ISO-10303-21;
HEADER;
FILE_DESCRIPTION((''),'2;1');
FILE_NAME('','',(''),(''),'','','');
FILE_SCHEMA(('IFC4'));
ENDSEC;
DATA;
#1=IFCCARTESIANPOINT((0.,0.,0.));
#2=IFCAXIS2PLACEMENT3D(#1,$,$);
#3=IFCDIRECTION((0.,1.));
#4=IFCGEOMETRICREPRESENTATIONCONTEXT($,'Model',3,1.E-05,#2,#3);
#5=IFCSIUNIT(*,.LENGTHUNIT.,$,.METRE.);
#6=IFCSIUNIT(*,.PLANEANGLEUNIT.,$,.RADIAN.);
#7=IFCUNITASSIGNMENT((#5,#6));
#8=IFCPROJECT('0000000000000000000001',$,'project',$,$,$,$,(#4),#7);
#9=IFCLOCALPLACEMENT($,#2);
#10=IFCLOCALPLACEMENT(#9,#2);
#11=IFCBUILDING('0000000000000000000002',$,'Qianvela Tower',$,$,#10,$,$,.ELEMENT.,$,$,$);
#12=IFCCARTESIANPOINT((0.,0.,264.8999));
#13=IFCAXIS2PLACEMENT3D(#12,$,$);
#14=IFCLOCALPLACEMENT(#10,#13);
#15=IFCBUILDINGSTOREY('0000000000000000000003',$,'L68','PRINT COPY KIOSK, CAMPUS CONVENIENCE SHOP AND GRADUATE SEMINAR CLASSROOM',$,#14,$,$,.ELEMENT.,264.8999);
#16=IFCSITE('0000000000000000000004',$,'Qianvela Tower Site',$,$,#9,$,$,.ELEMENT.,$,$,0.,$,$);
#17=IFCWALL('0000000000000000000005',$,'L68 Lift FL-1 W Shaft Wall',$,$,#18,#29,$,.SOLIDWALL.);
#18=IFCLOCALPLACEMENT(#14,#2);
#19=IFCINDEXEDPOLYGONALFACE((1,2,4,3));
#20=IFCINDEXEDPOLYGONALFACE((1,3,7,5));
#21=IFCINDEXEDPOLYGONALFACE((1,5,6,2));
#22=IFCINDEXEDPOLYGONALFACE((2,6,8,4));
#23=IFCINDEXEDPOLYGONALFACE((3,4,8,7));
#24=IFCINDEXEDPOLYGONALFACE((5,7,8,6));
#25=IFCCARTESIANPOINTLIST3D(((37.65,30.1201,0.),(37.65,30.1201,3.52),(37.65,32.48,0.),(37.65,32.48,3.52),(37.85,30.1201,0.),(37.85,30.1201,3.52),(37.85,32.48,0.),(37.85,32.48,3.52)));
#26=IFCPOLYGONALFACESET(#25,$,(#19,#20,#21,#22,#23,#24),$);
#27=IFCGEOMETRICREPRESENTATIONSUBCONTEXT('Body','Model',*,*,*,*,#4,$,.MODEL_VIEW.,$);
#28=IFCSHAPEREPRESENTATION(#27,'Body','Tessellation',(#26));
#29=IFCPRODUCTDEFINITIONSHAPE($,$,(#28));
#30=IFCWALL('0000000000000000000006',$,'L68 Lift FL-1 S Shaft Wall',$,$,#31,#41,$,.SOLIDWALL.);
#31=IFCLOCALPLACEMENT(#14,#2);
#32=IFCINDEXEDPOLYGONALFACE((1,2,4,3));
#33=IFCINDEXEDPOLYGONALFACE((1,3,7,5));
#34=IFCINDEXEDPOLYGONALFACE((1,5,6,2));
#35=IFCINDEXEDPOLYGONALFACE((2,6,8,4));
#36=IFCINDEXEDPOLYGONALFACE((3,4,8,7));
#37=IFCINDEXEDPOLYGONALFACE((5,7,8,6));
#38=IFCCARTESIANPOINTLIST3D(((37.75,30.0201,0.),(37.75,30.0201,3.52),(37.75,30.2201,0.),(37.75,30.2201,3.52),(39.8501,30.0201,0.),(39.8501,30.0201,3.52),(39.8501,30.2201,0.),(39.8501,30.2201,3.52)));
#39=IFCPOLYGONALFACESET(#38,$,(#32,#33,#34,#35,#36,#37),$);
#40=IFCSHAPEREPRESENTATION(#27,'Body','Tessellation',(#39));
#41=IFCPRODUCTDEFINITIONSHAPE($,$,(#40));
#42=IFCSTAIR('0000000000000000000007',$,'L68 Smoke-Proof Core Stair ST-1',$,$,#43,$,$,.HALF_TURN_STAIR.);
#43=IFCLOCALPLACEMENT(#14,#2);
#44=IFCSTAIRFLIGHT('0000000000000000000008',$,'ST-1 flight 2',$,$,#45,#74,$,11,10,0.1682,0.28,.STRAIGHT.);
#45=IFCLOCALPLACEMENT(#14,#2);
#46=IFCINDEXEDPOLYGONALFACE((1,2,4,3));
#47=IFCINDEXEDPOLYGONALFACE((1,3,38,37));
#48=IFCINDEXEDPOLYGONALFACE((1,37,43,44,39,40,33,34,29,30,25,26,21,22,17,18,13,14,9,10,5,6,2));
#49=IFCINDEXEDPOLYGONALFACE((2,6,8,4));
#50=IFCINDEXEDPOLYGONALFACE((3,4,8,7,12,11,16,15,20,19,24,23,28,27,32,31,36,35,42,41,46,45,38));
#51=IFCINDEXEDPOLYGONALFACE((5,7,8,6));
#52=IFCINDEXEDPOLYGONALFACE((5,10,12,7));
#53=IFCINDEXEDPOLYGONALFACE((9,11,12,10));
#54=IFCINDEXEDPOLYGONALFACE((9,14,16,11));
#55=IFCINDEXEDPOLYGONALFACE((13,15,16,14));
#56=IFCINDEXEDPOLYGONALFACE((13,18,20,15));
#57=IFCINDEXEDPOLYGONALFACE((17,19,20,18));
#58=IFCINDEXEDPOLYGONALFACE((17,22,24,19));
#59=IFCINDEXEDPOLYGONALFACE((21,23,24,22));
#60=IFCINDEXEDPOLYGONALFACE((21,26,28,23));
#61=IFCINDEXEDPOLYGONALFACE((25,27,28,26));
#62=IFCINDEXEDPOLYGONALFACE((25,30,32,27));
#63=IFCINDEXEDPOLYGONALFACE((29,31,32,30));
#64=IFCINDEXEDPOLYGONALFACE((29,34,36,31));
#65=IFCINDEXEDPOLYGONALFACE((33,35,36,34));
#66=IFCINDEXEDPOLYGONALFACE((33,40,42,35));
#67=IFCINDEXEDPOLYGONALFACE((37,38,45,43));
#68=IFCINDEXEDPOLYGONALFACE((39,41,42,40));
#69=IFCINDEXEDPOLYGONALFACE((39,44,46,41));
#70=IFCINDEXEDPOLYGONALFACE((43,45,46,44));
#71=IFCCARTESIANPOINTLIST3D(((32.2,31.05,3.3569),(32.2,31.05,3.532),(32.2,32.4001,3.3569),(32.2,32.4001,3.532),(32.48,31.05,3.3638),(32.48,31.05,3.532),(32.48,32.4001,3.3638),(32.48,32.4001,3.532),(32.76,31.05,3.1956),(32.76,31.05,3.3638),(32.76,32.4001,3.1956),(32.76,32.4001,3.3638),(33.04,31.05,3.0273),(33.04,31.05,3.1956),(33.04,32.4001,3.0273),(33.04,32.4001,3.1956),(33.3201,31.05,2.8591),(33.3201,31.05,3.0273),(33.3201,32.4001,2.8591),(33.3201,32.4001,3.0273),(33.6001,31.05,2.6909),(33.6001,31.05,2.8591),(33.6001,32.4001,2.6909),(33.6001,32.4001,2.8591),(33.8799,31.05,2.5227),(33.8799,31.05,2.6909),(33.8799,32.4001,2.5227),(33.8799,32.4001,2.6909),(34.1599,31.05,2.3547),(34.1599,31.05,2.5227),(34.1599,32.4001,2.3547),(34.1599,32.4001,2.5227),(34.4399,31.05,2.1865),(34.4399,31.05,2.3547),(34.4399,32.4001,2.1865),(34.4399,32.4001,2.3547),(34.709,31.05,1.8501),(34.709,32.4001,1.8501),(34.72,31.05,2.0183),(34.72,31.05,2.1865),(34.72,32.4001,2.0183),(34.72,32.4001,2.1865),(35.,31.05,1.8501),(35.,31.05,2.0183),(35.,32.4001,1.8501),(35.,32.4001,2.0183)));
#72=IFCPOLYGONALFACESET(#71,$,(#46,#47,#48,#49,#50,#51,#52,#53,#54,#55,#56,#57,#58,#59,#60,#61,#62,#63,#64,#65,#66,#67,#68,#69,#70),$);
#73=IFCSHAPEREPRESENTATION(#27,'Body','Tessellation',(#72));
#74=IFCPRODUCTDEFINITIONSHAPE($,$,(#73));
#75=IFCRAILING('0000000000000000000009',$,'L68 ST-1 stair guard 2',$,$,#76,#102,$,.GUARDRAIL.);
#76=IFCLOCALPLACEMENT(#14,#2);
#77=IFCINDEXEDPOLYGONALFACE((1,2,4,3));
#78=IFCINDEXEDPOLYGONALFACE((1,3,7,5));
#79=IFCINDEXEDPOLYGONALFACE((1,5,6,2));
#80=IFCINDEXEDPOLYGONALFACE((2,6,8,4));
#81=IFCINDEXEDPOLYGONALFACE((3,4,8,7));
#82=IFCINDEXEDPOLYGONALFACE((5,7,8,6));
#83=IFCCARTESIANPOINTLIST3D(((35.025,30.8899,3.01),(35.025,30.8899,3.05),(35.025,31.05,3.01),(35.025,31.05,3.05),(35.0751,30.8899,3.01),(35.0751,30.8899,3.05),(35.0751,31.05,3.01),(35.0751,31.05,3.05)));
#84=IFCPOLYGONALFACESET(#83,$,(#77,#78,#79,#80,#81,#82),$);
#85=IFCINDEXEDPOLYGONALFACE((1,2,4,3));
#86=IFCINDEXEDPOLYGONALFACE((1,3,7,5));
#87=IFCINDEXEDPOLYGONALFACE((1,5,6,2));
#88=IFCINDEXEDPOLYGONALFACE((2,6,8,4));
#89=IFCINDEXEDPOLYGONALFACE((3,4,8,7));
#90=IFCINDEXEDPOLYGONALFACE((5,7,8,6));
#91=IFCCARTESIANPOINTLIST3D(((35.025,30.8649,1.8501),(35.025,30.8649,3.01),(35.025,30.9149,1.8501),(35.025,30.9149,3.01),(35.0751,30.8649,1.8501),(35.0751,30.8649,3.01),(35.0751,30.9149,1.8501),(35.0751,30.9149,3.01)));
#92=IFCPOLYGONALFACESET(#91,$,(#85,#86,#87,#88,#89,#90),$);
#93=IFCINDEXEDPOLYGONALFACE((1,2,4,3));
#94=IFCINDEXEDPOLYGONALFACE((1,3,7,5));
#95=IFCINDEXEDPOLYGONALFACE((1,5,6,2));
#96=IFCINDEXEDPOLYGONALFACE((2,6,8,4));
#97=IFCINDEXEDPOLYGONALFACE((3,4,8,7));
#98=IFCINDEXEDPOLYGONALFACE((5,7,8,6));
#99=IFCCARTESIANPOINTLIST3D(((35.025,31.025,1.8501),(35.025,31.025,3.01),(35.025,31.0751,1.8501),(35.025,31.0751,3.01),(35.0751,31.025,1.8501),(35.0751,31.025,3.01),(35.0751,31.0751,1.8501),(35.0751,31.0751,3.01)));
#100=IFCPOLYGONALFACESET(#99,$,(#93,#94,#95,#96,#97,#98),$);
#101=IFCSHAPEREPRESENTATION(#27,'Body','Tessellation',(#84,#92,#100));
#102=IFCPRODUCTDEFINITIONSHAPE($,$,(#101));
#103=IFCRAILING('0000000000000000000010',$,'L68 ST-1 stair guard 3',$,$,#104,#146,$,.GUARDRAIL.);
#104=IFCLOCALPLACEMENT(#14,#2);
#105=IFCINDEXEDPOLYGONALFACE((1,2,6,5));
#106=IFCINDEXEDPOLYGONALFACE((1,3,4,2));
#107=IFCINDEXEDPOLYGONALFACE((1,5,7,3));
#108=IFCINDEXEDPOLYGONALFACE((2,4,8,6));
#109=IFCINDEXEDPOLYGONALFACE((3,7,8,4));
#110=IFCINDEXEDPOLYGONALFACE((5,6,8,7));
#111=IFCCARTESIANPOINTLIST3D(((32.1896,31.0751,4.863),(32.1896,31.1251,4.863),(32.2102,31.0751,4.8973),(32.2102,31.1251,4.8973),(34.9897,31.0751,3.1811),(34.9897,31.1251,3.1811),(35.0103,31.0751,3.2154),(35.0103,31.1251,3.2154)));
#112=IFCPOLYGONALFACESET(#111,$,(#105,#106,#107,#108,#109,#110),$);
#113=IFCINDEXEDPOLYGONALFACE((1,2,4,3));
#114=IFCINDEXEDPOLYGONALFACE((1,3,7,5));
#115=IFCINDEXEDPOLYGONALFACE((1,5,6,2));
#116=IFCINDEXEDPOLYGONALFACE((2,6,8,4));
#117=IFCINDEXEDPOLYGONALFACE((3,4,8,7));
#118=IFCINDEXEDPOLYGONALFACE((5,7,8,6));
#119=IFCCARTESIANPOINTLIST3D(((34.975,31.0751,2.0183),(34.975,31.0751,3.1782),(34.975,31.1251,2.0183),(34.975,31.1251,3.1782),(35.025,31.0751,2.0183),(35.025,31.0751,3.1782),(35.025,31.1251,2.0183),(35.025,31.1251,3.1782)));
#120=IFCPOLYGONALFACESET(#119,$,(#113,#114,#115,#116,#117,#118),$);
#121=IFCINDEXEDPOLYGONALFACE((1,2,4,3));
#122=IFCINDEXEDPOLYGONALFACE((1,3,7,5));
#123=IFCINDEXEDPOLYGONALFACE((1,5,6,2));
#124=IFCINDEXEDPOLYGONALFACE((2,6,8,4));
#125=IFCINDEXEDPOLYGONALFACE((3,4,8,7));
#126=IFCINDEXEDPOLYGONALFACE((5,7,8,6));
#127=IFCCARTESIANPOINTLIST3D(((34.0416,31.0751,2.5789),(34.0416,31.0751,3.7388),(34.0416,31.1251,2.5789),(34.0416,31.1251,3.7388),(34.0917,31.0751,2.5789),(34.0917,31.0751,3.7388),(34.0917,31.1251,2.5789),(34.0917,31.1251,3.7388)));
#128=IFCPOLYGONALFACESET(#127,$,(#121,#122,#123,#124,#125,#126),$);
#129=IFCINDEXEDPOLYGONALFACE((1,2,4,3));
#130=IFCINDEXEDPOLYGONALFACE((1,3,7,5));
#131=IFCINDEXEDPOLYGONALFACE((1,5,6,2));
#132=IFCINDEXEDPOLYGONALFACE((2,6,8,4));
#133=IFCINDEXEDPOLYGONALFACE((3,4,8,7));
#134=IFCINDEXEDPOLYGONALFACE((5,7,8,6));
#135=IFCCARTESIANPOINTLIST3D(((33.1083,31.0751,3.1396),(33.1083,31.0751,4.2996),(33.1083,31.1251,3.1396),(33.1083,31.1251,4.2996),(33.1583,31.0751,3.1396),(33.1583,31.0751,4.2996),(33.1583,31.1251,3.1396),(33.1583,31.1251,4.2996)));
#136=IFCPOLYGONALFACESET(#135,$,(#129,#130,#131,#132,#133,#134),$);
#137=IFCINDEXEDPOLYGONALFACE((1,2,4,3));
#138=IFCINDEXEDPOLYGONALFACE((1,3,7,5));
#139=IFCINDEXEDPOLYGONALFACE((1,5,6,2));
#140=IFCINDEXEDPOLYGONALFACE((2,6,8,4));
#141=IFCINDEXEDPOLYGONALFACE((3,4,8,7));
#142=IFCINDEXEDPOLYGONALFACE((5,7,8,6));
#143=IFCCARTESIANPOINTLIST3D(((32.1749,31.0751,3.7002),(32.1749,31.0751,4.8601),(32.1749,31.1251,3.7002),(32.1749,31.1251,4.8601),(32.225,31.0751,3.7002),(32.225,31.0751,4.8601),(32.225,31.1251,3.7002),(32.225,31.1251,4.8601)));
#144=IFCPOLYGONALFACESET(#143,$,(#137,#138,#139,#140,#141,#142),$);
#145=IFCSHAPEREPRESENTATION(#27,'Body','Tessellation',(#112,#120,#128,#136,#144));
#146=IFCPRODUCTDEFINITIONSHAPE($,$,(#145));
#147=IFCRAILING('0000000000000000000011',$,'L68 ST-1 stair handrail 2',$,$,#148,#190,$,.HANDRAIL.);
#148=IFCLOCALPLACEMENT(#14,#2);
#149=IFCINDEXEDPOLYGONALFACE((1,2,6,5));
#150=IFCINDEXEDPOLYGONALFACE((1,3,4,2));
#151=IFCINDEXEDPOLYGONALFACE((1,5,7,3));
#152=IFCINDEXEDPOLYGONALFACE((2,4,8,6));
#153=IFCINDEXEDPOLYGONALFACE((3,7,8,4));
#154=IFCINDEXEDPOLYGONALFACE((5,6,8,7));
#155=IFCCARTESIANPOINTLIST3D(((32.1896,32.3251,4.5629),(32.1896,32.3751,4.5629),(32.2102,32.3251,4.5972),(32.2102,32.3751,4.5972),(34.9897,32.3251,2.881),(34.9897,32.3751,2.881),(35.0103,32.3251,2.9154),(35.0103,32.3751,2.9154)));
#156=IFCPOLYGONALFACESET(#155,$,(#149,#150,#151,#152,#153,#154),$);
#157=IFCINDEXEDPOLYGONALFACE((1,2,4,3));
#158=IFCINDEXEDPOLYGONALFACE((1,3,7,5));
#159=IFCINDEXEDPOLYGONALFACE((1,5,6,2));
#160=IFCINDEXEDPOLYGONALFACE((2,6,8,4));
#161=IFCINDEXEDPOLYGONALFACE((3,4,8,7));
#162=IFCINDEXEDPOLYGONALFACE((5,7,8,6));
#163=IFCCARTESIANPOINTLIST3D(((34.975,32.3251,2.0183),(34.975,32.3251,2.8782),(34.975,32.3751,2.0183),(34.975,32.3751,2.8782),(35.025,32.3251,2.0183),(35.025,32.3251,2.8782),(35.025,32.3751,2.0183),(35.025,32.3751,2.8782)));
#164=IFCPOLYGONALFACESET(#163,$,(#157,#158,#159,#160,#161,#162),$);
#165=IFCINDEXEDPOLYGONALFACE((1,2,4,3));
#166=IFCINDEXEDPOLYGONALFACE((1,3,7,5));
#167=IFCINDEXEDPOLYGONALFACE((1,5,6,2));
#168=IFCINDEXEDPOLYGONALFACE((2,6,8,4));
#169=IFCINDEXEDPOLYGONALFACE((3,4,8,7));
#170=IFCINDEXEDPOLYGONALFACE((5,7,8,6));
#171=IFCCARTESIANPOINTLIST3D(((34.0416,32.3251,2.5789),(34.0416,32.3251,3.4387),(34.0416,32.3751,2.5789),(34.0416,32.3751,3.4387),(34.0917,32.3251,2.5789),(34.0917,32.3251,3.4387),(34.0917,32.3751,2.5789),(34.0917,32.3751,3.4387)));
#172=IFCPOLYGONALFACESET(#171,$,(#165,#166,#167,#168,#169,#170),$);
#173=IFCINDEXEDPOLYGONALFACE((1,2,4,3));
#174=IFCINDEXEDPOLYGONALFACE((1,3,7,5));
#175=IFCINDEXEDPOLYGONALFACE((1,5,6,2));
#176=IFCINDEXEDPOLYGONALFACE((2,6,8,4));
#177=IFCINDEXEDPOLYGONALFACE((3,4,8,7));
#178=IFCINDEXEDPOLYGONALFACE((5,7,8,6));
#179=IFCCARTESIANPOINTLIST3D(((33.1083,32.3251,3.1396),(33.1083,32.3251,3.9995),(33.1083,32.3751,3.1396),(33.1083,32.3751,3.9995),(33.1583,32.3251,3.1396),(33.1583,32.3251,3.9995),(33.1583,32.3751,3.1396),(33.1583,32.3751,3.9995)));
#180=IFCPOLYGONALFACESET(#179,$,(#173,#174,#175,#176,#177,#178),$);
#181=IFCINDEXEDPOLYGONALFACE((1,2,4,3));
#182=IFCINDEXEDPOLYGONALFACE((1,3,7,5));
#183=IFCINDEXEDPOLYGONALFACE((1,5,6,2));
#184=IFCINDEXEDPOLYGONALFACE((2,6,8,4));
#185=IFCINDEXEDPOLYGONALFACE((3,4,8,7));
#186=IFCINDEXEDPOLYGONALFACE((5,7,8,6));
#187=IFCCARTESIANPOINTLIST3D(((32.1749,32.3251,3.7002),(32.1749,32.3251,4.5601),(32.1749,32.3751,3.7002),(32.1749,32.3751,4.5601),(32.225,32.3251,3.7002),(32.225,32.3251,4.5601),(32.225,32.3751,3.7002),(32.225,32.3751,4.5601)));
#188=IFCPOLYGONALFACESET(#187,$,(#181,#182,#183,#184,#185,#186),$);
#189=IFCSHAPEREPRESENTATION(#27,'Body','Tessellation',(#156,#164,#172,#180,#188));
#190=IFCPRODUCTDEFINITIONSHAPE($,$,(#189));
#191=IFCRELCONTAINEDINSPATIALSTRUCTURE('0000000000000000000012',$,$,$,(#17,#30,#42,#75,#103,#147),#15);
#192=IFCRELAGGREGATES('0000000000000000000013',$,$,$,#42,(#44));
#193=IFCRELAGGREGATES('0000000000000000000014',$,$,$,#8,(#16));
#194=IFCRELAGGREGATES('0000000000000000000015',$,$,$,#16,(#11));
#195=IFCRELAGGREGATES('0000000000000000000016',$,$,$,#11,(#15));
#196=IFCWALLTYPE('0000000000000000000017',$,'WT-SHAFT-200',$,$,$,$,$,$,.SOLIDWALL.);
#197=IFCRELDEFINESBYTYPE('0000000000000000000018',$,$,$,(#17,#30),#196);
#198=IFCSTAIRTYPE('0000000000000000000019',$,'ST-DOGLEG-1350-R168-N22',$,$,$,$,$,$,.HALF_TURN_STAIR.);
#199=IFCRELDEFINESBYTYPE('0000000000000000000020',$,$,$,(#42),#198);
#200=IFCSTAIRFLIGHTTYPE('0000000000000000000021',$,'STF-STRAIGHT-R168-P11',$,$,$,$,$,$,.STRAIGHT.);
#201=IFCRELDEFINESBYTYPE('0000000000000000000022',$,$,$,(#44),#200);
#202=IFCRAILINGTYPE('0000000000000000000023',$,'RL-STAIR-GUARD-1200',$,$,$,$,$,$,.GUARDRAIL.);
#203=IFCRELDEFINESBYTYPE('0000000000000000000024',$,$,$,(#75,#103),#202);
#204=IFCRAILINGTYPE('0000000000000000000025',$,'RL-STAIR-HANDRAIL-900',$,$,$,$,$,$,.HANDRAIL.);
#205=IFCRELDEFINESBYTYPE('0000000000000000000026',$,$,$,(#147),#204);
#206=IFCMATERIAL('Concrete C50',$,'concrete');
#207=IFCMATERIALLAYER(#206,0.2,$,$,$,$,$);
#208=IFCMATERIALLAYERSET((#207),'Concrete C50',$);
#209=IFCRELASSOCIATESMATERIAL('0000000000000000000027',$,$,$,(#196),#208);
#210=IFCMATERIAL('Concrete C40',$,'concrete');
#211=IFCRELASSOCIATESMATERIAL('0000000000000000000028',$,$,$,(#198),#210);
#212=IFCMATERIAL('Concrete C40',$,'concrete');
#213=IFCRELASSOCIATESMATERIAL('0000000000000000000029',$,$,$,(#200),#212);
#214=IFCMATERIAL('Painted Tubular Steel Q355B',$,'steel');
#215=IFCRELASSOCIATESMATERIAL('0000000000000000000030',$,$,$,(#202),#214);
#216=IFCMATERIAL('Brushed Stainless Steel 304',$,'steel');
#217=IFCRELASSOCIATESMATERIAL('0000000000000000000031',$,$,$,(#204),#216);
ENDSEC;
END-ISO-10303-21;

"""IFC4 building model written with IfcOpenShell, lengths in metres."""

from ifc_helpers import new_model, si_unit, direction, frame, frame_2d, origin, origin_2d, place, context, subcontext, project, spatial, polyline, rectangle, outline, extrude, material, layer, layer_set, type_object, element, aggregate, save


model = new_model("IFC4")

# Units and contexts
model_context = context("Model", 3, precision=1e-05, world=origin(), true_north=direction((0.0, 1.0)))
body_context = subcontext(model_context, "Body", "Model", "MODEL_VIEW")
ifc_project = project(units=[si_unit("LENGTHUNIT", "METRE"), si_unit("PLANEANGLEUNIT", "RADIAN")], contexts=[model_context])

# Site, building, storey
site_placement = place(None, origin())
site = spatial("IfcSite", under=ifc_project, at=site_placement, Name="Qianvela Tower Site", CompositionType="ELEMENT", RefElevation=0.0)
building_placement = place(site_placement, origin())
building = spatial("IfcBuilding", under=site, at=building_placement, Name="Qianvela Tower", CompositionType="ELEMENT")
storey_placement = place(building_placement, frame((0.0, 0.0, 264.8999)))
storey = spatial("IfcBuildingStorey", under=building, at=storey_placement, Name="L68", Description="PRINT COPY KIOSK, CAMPUS CONVENIENCE SHOP AND GRADUATE SEMINAR CLASSROOM", CompositionType="ELEMENT", Elevation=264.8999)

# Shared definitions
ifc_material_1 = material(Name="Concrete C50", Category="concrete")
ifc_layer_1 = layer(ifc_material_1, 0.2)
ifc_layer_set_1 = layer_set([ifc_layer_1], Name="Concrete C50")
wall_type_1 = type_object("IfcWallType", Name="WT-SHAFT-200", PredefinedType="SOLIDWALL", material=ifc_layer_set_1)

# Walls
wall_1_placement = place(storey_placement, frame((37.75, 30.1201, 0.0), z_axis=(0.0, 0.0, 1.0), x_axis=(0.0, 1.0, 0.0)))
element("IfcWall", 1, at=wall_1_placement, inside=storey, type_object=wall_type_1, Name="L68 Lift FL-1 W Shaft Wall", PredefinedType="SOLIDWALL", context=body_context, shape_type="SweptSolid", body=[
    extrude(rectangle(XDim=2.3599, YDim=0.2, at=frame_2d((1.1799, 0.0))), origin(), (0.0, 0.0, 1.0), 3.52),
])
wall_2_placement = place(storey_placement, frame((37.75, 30.1201, 0.0), z_axis=(0.0, 0.0, 1.0), x_axis=(1.0, 0.0, 0.0)))
element("IfcWall", 2, at=wall_2_placement, inside=storey, type_object=wall_type_1, Name="L68 Lift FL-1 S Shaft Wall", PredefinedType="SOLIDWALL", context=body_context, shape_type="SweptSolid", body=[
    extrude(rectangle(XDim=2.1001, YDim=0.2, at=frame_2d((1.05, 0.0))), origin(), (0.0, 0.0, 1.0), 3.52),
])

# Stair, stair flight
ifc_material_2 = material(Name="Concrete C40", Category="concrete")
stair_type = type_object("IfcStairType", Name="ST-DOGLEG-1350-R168-N22", PredefinedType="HALF_TURN_STAIR", material=ifc_material_2)
stair_placement = place(storey_placement, origin())
stair = element("IfcStair", 3, at=stair_placement, inside=storey, type_object=stair_type, Name="L68 Smoke-Proof Core Stair ST-1", PredefinedType="HALF_TURN_STAIR")
ifc_material_3 = material(Name="Concrete C40", Category="concrete")
stair_flight_type = type_object("IfcStairFlightType", Name="STF-STRAIGHT-R168-P11", PredefinedType="STRAIGHT", material=ifc_material_3)
stair_flight_placement = place(storey_placement, frame((35.0, 31.7251, 1.8501), z_axis=(0.0, 0.0, 1.0), x_axis=(-1.0, 0.0, 0.0)))
stair_flight = element("IfcStairFlight", 4, at=stair_flight_placement, type_object=stair_flight_type, Name="ST-1 flight 2", NumberOfRisers=11, NumberOfTreads=10, PredefinedType="STRAIGHT", RiserHeight=0.1682, TreadLength=0.28, context=body_context, shape_type="SweptSolid", body=[
    extrude(outline(polyline([(0.0, 0.0), (0.0, 0.1682), (0.28, 0.1682), (0.28, 0.3364), (0.5601, 0.3364), (0.5601, 0.5046), (0.8401, 0.5046), (0.8401, 0.6726), (1.1201, 0.6726), (1.1201, 0.8408), (1.3999, 0.8408), (1.3999, 1.009), (1.6799, 1.009), (1.6799, 1.1772), (1.96, 1.1772), (1.96, 1.3455), (2.24, 1.3455), (2.24, 1.5137), (2.52, 1.5137), (2.52, 1.6819), (2.8, 1.6819), (2.8, 1.8501), (2.8, 1.5068), (0.291, 0.0), (0.0, 0.0)])), frame((0.0, 0.675, 0.0), z_axis=(0.0, -1.0, 0.0), x_axis=(1.0, 0.0, 0.0)), (0.0, 0.0, 1.0), 1.3501),
])
aggregate(stair, [stair_flight])

# Railings
ifc_material_4 = material(Name="Painted Tubular Steel Q355B", Category="steel")
railing_type_1 = type_object("IfcRailingType", Name="RL-STAIR-GUARD-1200", PredefinedType="GUARDRAIL", material=ifc_material_4)
railing_1_placement = place(storey_placement, frame((35.05, 30.8899, 1.8501)))
element("IfcRailing", 5, at=railing_1_placement, inside=storey, type_object=railing_type_1, Name="L68 ST-1 stair guard 2", PredefinedType="GUARDRAIL", context=body_context, shape_type="SweptSolid", body=[
    extrude(rectangle(XDim=0.05, YDim=0.04, at=origin_2d()), frame((0.0, 0.0, 1.1799), z_axis=(0.0, 1.0, 0.0), x_axis=(-1.0, 0.0, 0.0)), (0.0, 0.0, 1.0), 0.1602),
    extrude(rectangle(XDim=0.05, YDim=0.05, at=origin_2d()), origin(), (0.0, 0.0, 1.0), 1.1599),
    extrude(rectangle(XDim=0.05, YDim=0.05, at=origin_2d()), frame((0.0, 0.1602, 0.0)), (0.0, 0.0, 1.0), 1.1599),
])
railing_2_placement = place(storey_placement, frame((35.0, 31.1001, 2.0183)))
element("IfcRailing", 6, at=railing_2_placement, inside=storey, type_object=railing_type_1, Name="L68 ST-1 stair guard 3", PredefinedType="GUARDRAIL", context=body_context, shape_type="SweptSolid", body=[
    extrude(rectangle(XDim=0.05, YDim=0.04, at=origin_2d()), frame((0.0, 0.0, 1.1799), z_axis=(-0.857242, 0.0, 0.514913), x_axis=(0.0, -1.0, 0.0)), (0.0, 0.0, 1.0), 3.2664),
    extrude(rectangle(XDim=0.05, YDim=0.05, at=origin_2d()), origin(), (0.0, 0.0, 1.0), 1.1599),
    extrude(rectangle(XDim=0.05, YDim=0.05, at=origin_2d()), frame((-0.9333, 0.0, 0.5605)), (0.0, 0.0, 1.0), 1.1599),
    extrude(rectangle(XDim=0.05, YDim=0.05, at=origin_2d()), frame((-1.8667, 0.0, 1.1213)), (0.0, 0.0, 1.0), 1.1599),
    extrude(rectangle(XDim=0.05, YDim=0.05, at=origin_2d()), frame((-2.8, 0.0, 1.6819)), (0.0, 0.0, 1.0), 1.1599),
])
ifc_material_5 = material(Name="Brushed Stainless Steel 304", Category="steel")
railing_type_2 = type_object("IfcRailingType", Name="RL-STAIR-HANDRAIL-900", PredefinedType="HANDRAIL", material=ifc_material_5)
railing_3_placement = place(storey_placement, frame((35.0, 32.3501, 2.0183)))
element("IfcRailing", 7, at=railing_3_placement, inside=storey, type_object=railing_type_2, Name="L68 ST-1 stair handrail 2", PredefinedType="HANDRAIL", context=body_context, shape_type="SweptSolid", body=[
    extrude(rectangle(XDim=0.05, YDim=0.04, at=origin_2d()), frame((0.0, 0.0, 0.8799), z_axis=(-0.857242, 0.0, 0.514913), x_axis=(0.0, -1.0, 0.0)), (0.0, 0.0, 1.0), 3.2664),
    extrude(rectangle(XDim=0.05, YDim=0.05, at=origin_2d()), origin(), (0.0, 0.0, 1.0), 0.8599),
    extrude(rectangle(XDim=0.05, YDim=0.05, at=origin_2d()), frame((-0.9333, 0.0, 0.5605)), (0.0, 0.0, 1.0), 0.8599),
    extrude(rectangle(XDim=0.05, YDim=0.05, at=origin_2d()), frame((-1.8667, 0.0, 1.1213)), (0.0, 0.0, 1.0), 0.8599),
    extrude(rectangle(XDim=0.05, YDim=0.05, at=origin_2d()), frame((-2.8, 0.0, 1.6819)), (0.0, 0.0, 1.0), 0.8599),
])

save(model, "model.ifc")
